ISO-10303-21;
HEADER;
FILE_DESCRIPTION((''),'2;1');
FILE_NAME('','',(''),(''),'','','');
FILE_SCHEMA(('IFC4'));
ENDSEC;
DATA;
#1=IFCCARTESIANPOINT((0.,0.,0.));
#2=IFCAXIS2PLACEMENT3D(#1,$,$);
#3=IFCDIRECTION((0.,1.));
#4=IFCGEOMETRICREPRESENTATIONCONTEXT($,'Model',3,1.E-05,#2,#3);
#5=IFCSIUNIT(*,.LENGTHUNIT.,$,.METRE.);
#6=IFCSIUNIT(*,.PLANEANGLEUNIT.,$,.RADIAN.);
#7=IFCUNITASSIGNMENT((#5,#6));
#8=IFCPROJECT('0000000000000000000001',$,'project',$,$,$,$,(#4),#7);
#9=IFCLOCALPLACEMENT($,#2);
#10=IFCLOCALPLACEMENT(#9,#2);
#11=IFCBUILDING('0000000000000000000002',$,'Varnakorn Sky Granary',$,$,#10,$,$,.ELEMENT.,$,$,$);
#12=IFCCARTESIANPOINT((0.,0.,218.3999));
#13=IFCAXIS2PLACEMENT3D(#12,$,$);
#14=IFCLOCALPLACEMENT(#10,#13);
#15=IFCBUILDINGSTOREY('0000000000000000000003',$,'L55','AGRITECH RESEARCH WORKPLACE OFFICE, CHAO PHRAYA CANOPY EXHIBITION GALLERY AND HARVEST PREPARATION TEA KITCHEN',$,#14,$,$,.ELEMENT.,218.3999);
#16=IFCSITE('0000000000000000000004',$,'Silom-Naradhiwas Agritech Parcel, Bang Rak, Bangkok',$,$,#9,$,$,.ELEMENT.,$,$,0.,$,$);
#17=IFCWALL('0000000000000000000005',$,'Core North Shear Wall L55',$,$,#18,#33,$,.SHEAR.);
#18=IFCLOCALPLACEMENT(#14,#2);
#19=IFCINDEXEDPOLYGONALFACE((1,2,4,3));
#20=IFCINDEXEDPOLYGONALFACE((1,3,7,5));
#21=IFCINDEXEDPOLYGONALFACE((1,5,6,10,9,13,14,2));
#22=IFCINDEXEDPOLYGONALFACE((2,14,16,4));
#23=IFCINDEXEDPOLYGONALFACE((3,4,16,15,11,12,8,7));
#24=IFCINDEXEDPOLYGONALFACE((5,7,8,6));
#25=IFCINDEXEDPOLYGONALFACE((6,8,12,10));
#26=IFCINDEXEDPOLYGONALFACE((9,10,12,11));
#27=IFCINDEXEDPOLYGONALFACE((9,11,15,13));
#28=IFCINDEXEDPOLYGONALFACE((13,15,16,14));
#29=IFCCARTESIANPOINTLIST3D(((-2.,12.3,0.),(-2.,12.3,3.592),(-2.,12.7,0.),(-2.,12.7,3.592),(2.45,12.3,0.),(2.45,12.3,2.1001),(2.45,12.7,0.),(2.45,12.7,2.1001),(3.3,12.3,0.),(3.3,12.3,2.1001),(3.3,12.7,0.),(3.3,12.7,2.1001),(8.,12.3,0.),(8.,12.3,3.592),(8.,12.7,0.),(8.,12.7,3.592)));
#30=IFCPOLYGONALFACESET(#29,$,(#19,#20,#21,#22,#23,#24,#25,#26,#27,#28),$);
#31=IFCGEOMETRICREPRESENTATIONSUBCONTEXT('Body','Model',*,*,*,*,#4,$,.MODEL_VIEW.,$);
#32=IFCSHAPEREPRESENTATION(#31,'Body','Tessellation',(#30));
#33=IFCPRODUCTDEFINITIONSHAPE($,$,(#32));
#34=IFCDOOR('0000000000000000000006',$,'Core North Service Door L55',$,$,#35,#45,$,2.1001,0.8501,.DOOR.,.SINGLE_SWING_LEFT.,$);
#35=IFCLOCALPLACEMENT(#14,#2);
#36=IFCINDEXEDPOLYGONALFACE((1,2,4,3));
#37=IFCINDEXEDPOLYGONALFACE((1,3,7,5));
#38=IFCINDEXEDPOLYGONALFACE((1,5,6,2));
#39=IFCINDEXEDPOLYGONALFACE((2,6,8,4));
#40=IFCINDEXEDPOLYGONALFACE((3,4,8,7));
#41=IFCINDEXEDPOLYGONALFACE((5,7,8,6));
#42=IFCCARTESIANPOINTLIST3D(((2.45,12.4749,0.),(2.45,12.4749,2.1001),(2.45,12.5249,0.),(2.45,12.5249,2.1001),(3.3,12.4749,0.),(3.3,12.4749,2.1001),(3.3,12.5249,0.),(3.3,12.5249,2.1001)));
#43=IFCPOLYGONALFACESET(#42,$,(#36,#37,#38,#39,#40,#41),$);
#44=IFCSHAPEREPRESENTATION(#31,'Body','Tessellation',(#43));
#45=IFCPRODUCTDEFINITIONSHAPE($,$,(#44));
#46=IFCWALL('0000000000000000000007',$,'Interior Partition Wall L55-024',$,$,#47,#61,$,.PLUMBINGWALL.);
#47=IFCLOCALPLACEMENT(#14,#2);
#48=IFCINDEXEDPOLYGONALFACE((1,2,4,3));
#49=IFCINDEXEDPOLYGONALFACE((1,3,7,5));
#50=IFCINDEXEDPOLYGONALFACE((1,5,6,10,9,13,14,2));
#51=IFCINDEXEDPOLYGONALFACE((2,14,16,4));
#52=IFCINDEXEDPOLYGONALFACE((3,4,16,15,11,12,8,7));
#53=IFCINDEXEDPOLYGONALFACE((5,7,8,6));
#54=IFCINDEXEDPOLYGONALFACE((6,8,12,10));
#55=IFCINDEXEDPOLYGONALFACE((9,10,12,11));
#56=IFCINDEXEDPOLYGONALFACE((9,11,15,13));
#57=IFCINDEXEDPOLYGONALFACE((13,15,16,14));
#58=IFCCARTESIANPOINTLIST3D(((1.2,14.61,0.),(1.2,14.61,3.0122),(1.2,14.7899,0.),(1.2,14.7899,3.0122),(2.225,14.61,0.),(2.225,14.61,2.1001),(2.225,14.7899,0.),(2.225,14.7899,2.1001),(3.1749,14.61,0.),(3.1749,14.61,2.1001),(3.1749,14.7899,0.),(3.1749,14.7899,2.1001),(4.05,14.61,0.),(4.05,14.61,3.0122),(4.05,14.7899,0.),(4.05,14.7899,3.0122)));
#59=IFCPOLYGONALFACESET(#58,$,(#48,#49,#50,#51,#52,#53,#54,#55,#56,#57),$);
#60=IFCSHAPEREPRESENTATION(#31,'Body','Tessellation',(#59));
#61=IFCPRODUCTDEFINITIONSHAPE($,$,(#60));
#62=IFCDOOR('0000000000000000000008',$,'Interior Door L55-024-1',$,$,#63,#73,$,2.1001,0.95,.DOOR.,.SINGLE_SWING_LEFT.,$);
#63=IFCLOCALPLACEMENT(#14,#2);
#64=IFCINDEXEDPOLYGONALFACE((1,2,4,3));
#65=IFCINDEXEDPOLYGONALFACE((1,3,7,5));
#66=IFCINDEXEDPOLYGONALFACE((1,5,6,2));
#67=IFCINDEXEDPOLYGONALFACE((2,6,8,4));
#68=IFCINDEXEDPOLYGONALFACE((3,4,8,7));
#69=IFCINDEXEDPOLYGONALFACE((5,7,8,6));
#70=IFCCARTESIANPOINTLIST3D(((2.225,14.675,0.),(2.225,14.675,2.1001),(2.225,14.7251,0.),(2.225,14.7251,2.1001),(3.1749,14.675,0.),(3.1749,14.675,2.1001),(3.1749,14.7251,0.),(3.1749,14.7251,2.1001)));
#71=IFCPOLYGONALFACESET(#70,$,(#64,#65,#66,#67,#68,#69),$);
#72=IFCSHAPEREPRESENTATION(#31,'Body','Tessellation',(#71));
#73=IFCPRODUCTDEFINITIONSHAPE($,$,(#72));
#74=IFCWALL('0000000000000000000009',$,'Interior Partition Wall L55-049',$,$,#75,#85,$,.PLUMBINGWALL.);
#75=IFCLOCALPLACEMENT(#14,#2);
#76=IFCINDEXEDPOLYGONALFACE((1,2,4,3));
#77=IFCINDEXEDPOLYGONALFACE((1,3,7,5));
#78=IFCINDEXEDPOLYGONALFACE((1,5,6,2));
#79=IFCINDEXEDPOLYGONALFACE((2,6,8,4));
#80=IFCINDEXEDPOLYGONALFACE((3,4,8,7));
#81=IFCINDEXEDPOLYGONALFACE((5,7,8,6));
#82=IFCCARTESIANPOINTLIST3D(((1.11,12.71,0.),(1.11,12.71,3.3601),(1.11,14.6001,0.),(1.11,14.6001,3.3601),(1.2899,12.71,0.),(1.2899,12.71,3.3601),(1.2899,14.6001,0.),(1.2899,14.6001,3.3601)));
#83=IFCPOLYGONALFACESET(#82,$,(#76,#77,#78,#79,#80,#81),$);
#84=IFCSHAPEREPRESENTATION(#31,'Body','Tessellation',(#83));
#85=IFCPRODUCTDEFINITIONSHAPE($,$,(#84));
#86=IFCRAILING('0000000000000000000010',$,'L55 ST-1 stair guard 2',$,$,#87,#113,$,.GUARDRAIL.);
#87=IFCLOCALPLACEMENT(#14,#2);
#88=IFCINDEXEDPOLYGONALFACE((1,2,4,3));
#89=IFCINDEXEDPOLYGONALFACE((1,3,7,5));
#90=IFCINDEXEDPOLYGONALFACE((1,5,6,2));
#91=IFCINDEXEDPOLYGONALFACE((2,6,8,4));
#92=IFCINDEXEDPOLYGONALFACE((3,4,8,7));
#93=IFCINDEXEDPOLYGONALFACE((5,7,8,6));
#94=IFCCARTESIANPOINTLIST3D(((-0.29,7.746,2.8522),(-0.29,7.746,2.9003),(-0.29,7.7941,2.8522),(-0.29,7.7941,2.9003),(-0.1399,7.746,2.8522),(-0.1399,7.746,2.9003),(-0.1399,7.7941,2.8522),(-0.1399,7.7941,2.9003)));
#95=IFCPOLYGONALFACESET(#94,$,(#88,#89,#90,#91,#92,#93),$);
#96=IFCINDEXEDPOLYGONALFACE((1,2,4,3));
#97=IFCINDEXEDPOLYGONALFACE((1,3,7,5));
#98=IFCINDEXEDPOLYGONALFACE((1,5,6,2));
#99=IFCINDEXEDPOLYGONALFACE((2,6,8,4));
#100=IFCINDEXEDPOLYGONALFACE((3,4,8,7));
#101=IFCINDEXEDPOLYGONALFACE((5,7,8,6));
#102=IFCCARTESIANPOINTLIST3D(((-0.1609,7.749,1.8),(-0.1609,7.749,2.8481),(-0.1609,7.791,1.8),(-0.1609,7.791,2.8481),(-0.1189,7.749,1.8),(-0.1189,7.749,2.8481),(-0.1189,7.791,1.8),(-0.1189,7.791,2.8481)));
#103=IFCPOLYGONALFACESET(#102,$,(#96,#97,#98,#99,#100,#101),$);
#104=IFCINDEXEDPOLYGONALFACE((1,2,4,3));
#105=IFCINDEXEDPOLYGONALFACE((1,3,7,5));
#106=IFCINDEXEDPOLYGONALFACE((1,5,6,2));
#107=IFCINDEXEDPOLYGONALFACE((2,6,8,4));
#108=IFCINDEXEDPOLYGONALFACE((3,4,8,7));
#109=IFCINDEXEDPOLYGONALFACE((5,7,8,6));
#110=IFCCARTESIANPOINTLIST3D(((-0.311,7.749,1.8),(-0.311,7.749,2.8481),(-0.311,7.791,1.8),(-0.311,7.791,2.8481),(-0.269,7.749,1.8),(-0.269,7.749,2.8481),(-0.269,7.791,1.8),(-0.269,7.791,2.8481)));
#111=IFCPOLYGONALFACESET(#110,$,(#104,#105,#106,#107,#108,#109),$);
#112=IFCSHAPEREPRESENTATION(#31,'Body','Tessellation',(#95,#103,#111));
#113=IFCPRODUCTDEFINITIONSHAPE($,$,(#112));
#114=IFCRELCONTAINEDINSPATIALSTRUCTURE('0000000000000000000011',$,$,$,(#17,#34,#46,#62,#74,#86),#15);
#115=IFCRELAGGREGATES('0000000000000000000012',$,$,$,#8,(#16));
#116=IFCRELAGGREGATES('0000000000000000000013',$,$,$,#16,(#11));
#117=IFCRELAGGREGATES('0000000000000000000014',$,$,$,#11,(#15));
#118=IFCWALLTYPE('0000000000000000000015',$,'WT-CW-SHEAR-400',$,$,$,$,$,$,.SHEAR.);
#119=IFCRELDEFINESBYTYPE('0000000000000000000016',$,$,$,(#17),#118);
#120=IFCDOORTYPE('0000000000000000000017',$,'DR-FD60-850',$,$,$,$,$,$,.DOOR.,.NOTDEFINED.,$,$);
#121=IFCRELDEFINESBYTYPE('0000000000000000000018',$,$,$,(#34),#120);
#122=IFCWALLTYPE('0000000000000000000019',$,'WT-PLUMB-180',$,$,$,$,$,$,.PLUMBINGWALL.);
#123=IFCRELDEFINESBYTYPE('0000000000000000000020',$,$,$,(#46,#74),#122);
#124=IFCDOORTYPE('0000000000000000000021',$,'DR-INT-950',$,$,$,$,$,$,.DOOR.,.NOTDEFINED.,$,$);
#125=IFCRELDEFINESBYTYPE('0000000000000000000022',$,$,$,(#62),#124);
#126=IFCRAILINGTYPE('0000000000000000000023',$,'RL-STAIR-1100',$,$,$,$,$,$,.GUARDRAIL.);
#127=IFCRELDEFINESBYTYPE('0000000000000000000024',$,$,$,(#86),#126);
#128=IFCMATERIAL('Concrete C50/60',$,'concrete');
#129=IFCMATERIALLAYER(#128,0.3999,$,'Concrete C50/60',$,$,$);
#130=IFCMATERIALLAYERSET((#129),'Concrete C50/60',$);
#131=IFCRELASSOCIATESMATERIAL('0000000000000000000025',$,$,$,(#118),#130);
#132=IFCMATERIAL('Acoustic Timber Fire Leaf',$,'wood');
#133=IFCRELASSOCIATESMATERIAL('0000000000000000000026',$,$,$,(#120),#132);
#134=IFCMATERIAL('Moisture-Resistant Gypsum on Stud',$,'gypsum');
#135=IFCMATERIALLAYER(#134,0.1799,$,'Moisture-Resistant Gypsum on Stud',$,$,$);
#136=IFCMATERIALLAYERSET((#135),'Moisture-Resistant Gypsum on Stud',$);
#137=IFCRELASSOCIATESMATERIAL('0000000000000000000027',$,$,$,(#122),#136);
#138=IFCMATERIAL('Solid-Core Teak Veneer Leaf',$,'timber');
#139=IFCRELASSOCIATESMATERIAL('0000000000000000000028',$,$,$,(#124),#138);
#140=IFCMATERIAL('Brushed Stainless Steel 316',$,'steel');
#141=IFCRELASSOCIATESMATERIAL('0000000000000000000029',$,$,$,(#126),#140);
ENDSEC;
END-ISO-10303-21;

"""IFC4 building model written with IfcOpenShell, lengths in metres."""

from ifc_helpers import new_model, si_unit, direction, frame, frame_2d, origin, origin_2d, place, context, subcontext, project, spatial, rectangle, extrude, material, layer, layer_set, type_object, element, fill, save


model = new_model("IFC4")

# Units and contexts
model_context = context("Model", 3, precision=1e-05, world=origin(), true_north=direction((0.0, 1.0)))
body_context = subcontext(model_context, "Body", "Model", "MODEL_VIEW")
ifc_project = project(units=[si_unit("LENGTHUNIT", "METRE"), si_unit("PLANEANGLEUNIT", "RADIAN")], contexts=[model_context])

# Site, building, storey
site_placement = place(None, origin())
site = spatial("IfcSite", under=ifc_project, at=site_placement, Name="Silom-Naradhiwas Agritech Parcel, Bang Rak, Bangkok", CompositionType="ELEMENT", RefElevation=0.0)
building_placement = place(site_placement, origin())
building = spatial("IfcBuilding", under=site, at=building_placement, Name="Varnakorn Sky Granary", CompositionType="ELEMENT")
storey_placement = place(building_placement, frame((0.0, 0.0, 218.3999)))
storey = spatial("IfcBuildingStorey", under=building, at=storey_placement, Name="L55", Description="AGRITECH RESEARCH WORKPLACE OFFICE, CHAO PHRAYA CANOPY EXHIBITION GALLERY AND HARVEST PREPARATION TEA KITCHEN", CompositionType="ELEMENT", Elevation=218.3999)

# Shared definitions
ifc_material_1 = material(Name="Concrete C50/60", Category="concrete")

# Walls, openings, doors
ifc_layer_1 = layer(ifc_material_1, 0.3999, Name="Concrete C50/60")
ifc_layer_set_1 = layer_set([ifc_layer_1], Name="Concrete C50/60")
wall_type_1 = type_object("IfcWallType", Name="WT-CW-SHEAR-400", PredefinedType="SHEAR", material=ifc_layer_set_1)
wall_1_placement = place(storey_placement, frame((-2.0, 12.5, 0.0), z_axis=(0.0, 0.0, 1.0), x_axis=(1.0, 0.0, 0.0)))
wall_1 = element("IfcWall", 1, at=wall_1_placement, inside=storey, type_object=wall_type_1, Name="Core North Shear Wall L55", PredefinedType="SHEAR", context=body_context, shape_type="SweptSolid", body=[
    extrude(rectangle(XDim=10.0, YDim=0.3999, at=frame_2d((5.0, 0.0))), origin(), (0.0, 0.0, 1.0), 3.592),
])
opening_1_placement = place(wall_1_placement, frame((4.45, 0.0, 0.0)))
opening_1 = element("IfcOpeningElement", 2, at=opening_1_placement, cuts=wall_1, PredefinedType="OPENING", context=body_context, shape_type="SweptSolid", body=[
    extrude(rectangle(XDim=0.8501, YDim=2.1001, at=frame_2d((0.425, 1.05))), frame((0.0, 0.21, 0.0), z_axis=(0.0, -1.0, 0.0), x_axis=(1.0, 0.0, 0.0)), (0.0, 0.0, 1.0), 0.4199),
])
ifc_material_2 = material(Name="Acoustic Timber Fire Leaf", Category="wood")
door_type_1 = type_object("IfcDoorType", Name="DR-FD60-850", OperationType="NOTDEFINED", PredefinedType="DOOR", material=ifc_material_2)
door_1_placement = place(opening_1_placement, origin())
door_1 = element("IfcDoor", 3, at=door_1_placement, inside=storey, type_object=door_type_1, Name="Core North Service Door L55", OperationType="SINGLE_SWING_LEFT", OverallHeight=2.1001, OverallWidth=0.8501, PredefinedType="DOOR", context=body_context, shape_type="SweptSolid", body=[
    extrude(rectangle(XDim=0.8501, YDim=2.1001, at=frame_2d((0.425, 1.05))), frame((0.0, 0.0249, 0.0), z_axis=(0.0, -1.0, 0.0), x_axis=(1.0, 0.0, 0.0)), (0.0, 0.0, 1.0), 0.05),
])
fill(opening_1, door_1)
ifc_material_3 = material(Name="Moisture-Resistant Gypsum on Stud", Category="gypsum")
ifc_layer_2 = layer(ifc_material_3, 0.1799, Name="Moisture-Resistant Gypsum on Stud")
ifc_layer_set_2 = layer_set([ifc_layer_2], Name="Moisture-Resistant Gypsum on Stud")
wall_type_2 = type_object("IfcWallType", Name="WT-PLUMB-180", PredefinedType="PLUMBINGWALL", material=ifc_layer_set_2)
wall_2_placement = place(storey_placement, frame((4.05, 14.7, 0.0), z_axis=(0.0, 0.0, 1.0), x_axis=(-1.0, 0.0, 0.0)))
wall_2 = element("IfcWall", 4, at=wall_2_placement, inside=storey, type_object=wall_type_2, Name="Interior Partition Wall L55-024", PredefinedType="PLUMBINGWALL", context=body_context, shape_type="SweptSolid", body=[
    extrude(rectangle(XDim=2.8501, YDim=0.1799, at=frame_2d((1.425, 0.0))), origin(), (0.0, 0.0, 1.0), 3.0122),
])
opening_2_placement = place(wall_2_placement, frame((0.875, 0.0, 0.0)))
opening_2 = element("IfcOpeningElement", 5, at=opening_2_placement, cuts=wall_2, PredefinedType="OPENING", context=body_context, shape_type="SweptSolid", body=[
    extrude(rectangle(XDim=0.95, YDim=2.1001, at=frame_2d((0.4751, 1.05))), frame((0.0, 0.1001, 0.0), z_axis=(0.0, -1.0, 0.0), x_axis=(1.0, 0.0, 0.0)), (0.0, 0.0, 1.0), 0.2),
])
ifc_material_4 = material(Name="Solid-Core Teak Veneer Leaf", Category="timber")
door_type_2 = type_object("IfcDoorType", Name="DR-INT-950", OperationType="NOTDEFINED", PredefinedType="DOOR", material=ifc_material_4)
door_2_placement = place(opening_2_placement, origin())
door_2 = element("IfcDoor", 6, at=door_2_placement, inside=storey, type_object=door_type_2, Name="Interior Door L55-024-1", OperationType="SINGLE_SWING_LEFT", OverallHeight=2.1001, OverallWidth=0.95, PredefinedType="DOOR", context=body_context, shape_type="SweptSolid", body=[
    extrude(rectangle(XDim=0.95, YDim=2.1001, at=frame_2d((0.4751, 1.05))), frame((0.0, 0.0249, 0.0), z_axis=(0.0, -1.0, 0.0), x_axis=(1.0, 0.0, 0.0)), (0.0, 0.0, 1.0), 0.05),
])
fill(opening_2, door_2)

# Wall
wall_3_placement = place(storey_placement, frame((1.2, 14.6001, 0.0), z_axis=(0.0, 0.0, 1.0), x_axis=(0.0, -1.0, 0.0)))
element("IfcWall", 7, at=wall_3_placement, inside=storey, type_object=wall_type_2, Name="Interior Partition Wall L55-049", PredefinedType="PLUMBINGWALL", context=body_context, shape_type="SweptSolid", body=[
    extrude(rectangle(XDim=1.8901, YDim=0.1799, at=frame_2d((0.9451, 0.0))), origin(), (0.0, 0.0, 1.0), 3.3601),
])

# Railing
ifc_material_5 = material(Name="Brushed Stainless Steel 316", Category="steel")
railing_type = type_object("IfcRailingType", Name="RL-STAIR-1100", PredefinedType="GUARDRAIL", material=ifc_material_5)
railing_placement = place(storey_placement, frame((-0.1399, 7.77, 1.8)))
element("IfcRailing", 8, at=railing_placement, inside=storey, type_object=railing_type, Name="L55 ST-1 stair guard 2", PredefinedType="GUARDRAIL", context=body_context, shape_type="SweptSolid", body=[
    extrude(rectangle(XDim=0.0481, YDim=0.0481, at=origin_2d()), frame((0.0, 0.0, 1.0762), z_axis=(-1.0, 0.0, 0.0), x_axis=(0.0, -1.0, 0.0)), (0.0, 0.0, 1.0), 0.1501),
    extrude(rectangle(XDim=0.042, YDim=0.042, at=origin_2d()), origin(), (0.0, 0.0, 1.0), 1.0481),
    extrude(rectangle(XDim=0.042, YDim=0.042, at=origin_2d()), frame((-0.1501, 0.0, 0.0)), (0.0, 0.0, 1.0), 1.0481),
])

save(model, "model.ifc")
